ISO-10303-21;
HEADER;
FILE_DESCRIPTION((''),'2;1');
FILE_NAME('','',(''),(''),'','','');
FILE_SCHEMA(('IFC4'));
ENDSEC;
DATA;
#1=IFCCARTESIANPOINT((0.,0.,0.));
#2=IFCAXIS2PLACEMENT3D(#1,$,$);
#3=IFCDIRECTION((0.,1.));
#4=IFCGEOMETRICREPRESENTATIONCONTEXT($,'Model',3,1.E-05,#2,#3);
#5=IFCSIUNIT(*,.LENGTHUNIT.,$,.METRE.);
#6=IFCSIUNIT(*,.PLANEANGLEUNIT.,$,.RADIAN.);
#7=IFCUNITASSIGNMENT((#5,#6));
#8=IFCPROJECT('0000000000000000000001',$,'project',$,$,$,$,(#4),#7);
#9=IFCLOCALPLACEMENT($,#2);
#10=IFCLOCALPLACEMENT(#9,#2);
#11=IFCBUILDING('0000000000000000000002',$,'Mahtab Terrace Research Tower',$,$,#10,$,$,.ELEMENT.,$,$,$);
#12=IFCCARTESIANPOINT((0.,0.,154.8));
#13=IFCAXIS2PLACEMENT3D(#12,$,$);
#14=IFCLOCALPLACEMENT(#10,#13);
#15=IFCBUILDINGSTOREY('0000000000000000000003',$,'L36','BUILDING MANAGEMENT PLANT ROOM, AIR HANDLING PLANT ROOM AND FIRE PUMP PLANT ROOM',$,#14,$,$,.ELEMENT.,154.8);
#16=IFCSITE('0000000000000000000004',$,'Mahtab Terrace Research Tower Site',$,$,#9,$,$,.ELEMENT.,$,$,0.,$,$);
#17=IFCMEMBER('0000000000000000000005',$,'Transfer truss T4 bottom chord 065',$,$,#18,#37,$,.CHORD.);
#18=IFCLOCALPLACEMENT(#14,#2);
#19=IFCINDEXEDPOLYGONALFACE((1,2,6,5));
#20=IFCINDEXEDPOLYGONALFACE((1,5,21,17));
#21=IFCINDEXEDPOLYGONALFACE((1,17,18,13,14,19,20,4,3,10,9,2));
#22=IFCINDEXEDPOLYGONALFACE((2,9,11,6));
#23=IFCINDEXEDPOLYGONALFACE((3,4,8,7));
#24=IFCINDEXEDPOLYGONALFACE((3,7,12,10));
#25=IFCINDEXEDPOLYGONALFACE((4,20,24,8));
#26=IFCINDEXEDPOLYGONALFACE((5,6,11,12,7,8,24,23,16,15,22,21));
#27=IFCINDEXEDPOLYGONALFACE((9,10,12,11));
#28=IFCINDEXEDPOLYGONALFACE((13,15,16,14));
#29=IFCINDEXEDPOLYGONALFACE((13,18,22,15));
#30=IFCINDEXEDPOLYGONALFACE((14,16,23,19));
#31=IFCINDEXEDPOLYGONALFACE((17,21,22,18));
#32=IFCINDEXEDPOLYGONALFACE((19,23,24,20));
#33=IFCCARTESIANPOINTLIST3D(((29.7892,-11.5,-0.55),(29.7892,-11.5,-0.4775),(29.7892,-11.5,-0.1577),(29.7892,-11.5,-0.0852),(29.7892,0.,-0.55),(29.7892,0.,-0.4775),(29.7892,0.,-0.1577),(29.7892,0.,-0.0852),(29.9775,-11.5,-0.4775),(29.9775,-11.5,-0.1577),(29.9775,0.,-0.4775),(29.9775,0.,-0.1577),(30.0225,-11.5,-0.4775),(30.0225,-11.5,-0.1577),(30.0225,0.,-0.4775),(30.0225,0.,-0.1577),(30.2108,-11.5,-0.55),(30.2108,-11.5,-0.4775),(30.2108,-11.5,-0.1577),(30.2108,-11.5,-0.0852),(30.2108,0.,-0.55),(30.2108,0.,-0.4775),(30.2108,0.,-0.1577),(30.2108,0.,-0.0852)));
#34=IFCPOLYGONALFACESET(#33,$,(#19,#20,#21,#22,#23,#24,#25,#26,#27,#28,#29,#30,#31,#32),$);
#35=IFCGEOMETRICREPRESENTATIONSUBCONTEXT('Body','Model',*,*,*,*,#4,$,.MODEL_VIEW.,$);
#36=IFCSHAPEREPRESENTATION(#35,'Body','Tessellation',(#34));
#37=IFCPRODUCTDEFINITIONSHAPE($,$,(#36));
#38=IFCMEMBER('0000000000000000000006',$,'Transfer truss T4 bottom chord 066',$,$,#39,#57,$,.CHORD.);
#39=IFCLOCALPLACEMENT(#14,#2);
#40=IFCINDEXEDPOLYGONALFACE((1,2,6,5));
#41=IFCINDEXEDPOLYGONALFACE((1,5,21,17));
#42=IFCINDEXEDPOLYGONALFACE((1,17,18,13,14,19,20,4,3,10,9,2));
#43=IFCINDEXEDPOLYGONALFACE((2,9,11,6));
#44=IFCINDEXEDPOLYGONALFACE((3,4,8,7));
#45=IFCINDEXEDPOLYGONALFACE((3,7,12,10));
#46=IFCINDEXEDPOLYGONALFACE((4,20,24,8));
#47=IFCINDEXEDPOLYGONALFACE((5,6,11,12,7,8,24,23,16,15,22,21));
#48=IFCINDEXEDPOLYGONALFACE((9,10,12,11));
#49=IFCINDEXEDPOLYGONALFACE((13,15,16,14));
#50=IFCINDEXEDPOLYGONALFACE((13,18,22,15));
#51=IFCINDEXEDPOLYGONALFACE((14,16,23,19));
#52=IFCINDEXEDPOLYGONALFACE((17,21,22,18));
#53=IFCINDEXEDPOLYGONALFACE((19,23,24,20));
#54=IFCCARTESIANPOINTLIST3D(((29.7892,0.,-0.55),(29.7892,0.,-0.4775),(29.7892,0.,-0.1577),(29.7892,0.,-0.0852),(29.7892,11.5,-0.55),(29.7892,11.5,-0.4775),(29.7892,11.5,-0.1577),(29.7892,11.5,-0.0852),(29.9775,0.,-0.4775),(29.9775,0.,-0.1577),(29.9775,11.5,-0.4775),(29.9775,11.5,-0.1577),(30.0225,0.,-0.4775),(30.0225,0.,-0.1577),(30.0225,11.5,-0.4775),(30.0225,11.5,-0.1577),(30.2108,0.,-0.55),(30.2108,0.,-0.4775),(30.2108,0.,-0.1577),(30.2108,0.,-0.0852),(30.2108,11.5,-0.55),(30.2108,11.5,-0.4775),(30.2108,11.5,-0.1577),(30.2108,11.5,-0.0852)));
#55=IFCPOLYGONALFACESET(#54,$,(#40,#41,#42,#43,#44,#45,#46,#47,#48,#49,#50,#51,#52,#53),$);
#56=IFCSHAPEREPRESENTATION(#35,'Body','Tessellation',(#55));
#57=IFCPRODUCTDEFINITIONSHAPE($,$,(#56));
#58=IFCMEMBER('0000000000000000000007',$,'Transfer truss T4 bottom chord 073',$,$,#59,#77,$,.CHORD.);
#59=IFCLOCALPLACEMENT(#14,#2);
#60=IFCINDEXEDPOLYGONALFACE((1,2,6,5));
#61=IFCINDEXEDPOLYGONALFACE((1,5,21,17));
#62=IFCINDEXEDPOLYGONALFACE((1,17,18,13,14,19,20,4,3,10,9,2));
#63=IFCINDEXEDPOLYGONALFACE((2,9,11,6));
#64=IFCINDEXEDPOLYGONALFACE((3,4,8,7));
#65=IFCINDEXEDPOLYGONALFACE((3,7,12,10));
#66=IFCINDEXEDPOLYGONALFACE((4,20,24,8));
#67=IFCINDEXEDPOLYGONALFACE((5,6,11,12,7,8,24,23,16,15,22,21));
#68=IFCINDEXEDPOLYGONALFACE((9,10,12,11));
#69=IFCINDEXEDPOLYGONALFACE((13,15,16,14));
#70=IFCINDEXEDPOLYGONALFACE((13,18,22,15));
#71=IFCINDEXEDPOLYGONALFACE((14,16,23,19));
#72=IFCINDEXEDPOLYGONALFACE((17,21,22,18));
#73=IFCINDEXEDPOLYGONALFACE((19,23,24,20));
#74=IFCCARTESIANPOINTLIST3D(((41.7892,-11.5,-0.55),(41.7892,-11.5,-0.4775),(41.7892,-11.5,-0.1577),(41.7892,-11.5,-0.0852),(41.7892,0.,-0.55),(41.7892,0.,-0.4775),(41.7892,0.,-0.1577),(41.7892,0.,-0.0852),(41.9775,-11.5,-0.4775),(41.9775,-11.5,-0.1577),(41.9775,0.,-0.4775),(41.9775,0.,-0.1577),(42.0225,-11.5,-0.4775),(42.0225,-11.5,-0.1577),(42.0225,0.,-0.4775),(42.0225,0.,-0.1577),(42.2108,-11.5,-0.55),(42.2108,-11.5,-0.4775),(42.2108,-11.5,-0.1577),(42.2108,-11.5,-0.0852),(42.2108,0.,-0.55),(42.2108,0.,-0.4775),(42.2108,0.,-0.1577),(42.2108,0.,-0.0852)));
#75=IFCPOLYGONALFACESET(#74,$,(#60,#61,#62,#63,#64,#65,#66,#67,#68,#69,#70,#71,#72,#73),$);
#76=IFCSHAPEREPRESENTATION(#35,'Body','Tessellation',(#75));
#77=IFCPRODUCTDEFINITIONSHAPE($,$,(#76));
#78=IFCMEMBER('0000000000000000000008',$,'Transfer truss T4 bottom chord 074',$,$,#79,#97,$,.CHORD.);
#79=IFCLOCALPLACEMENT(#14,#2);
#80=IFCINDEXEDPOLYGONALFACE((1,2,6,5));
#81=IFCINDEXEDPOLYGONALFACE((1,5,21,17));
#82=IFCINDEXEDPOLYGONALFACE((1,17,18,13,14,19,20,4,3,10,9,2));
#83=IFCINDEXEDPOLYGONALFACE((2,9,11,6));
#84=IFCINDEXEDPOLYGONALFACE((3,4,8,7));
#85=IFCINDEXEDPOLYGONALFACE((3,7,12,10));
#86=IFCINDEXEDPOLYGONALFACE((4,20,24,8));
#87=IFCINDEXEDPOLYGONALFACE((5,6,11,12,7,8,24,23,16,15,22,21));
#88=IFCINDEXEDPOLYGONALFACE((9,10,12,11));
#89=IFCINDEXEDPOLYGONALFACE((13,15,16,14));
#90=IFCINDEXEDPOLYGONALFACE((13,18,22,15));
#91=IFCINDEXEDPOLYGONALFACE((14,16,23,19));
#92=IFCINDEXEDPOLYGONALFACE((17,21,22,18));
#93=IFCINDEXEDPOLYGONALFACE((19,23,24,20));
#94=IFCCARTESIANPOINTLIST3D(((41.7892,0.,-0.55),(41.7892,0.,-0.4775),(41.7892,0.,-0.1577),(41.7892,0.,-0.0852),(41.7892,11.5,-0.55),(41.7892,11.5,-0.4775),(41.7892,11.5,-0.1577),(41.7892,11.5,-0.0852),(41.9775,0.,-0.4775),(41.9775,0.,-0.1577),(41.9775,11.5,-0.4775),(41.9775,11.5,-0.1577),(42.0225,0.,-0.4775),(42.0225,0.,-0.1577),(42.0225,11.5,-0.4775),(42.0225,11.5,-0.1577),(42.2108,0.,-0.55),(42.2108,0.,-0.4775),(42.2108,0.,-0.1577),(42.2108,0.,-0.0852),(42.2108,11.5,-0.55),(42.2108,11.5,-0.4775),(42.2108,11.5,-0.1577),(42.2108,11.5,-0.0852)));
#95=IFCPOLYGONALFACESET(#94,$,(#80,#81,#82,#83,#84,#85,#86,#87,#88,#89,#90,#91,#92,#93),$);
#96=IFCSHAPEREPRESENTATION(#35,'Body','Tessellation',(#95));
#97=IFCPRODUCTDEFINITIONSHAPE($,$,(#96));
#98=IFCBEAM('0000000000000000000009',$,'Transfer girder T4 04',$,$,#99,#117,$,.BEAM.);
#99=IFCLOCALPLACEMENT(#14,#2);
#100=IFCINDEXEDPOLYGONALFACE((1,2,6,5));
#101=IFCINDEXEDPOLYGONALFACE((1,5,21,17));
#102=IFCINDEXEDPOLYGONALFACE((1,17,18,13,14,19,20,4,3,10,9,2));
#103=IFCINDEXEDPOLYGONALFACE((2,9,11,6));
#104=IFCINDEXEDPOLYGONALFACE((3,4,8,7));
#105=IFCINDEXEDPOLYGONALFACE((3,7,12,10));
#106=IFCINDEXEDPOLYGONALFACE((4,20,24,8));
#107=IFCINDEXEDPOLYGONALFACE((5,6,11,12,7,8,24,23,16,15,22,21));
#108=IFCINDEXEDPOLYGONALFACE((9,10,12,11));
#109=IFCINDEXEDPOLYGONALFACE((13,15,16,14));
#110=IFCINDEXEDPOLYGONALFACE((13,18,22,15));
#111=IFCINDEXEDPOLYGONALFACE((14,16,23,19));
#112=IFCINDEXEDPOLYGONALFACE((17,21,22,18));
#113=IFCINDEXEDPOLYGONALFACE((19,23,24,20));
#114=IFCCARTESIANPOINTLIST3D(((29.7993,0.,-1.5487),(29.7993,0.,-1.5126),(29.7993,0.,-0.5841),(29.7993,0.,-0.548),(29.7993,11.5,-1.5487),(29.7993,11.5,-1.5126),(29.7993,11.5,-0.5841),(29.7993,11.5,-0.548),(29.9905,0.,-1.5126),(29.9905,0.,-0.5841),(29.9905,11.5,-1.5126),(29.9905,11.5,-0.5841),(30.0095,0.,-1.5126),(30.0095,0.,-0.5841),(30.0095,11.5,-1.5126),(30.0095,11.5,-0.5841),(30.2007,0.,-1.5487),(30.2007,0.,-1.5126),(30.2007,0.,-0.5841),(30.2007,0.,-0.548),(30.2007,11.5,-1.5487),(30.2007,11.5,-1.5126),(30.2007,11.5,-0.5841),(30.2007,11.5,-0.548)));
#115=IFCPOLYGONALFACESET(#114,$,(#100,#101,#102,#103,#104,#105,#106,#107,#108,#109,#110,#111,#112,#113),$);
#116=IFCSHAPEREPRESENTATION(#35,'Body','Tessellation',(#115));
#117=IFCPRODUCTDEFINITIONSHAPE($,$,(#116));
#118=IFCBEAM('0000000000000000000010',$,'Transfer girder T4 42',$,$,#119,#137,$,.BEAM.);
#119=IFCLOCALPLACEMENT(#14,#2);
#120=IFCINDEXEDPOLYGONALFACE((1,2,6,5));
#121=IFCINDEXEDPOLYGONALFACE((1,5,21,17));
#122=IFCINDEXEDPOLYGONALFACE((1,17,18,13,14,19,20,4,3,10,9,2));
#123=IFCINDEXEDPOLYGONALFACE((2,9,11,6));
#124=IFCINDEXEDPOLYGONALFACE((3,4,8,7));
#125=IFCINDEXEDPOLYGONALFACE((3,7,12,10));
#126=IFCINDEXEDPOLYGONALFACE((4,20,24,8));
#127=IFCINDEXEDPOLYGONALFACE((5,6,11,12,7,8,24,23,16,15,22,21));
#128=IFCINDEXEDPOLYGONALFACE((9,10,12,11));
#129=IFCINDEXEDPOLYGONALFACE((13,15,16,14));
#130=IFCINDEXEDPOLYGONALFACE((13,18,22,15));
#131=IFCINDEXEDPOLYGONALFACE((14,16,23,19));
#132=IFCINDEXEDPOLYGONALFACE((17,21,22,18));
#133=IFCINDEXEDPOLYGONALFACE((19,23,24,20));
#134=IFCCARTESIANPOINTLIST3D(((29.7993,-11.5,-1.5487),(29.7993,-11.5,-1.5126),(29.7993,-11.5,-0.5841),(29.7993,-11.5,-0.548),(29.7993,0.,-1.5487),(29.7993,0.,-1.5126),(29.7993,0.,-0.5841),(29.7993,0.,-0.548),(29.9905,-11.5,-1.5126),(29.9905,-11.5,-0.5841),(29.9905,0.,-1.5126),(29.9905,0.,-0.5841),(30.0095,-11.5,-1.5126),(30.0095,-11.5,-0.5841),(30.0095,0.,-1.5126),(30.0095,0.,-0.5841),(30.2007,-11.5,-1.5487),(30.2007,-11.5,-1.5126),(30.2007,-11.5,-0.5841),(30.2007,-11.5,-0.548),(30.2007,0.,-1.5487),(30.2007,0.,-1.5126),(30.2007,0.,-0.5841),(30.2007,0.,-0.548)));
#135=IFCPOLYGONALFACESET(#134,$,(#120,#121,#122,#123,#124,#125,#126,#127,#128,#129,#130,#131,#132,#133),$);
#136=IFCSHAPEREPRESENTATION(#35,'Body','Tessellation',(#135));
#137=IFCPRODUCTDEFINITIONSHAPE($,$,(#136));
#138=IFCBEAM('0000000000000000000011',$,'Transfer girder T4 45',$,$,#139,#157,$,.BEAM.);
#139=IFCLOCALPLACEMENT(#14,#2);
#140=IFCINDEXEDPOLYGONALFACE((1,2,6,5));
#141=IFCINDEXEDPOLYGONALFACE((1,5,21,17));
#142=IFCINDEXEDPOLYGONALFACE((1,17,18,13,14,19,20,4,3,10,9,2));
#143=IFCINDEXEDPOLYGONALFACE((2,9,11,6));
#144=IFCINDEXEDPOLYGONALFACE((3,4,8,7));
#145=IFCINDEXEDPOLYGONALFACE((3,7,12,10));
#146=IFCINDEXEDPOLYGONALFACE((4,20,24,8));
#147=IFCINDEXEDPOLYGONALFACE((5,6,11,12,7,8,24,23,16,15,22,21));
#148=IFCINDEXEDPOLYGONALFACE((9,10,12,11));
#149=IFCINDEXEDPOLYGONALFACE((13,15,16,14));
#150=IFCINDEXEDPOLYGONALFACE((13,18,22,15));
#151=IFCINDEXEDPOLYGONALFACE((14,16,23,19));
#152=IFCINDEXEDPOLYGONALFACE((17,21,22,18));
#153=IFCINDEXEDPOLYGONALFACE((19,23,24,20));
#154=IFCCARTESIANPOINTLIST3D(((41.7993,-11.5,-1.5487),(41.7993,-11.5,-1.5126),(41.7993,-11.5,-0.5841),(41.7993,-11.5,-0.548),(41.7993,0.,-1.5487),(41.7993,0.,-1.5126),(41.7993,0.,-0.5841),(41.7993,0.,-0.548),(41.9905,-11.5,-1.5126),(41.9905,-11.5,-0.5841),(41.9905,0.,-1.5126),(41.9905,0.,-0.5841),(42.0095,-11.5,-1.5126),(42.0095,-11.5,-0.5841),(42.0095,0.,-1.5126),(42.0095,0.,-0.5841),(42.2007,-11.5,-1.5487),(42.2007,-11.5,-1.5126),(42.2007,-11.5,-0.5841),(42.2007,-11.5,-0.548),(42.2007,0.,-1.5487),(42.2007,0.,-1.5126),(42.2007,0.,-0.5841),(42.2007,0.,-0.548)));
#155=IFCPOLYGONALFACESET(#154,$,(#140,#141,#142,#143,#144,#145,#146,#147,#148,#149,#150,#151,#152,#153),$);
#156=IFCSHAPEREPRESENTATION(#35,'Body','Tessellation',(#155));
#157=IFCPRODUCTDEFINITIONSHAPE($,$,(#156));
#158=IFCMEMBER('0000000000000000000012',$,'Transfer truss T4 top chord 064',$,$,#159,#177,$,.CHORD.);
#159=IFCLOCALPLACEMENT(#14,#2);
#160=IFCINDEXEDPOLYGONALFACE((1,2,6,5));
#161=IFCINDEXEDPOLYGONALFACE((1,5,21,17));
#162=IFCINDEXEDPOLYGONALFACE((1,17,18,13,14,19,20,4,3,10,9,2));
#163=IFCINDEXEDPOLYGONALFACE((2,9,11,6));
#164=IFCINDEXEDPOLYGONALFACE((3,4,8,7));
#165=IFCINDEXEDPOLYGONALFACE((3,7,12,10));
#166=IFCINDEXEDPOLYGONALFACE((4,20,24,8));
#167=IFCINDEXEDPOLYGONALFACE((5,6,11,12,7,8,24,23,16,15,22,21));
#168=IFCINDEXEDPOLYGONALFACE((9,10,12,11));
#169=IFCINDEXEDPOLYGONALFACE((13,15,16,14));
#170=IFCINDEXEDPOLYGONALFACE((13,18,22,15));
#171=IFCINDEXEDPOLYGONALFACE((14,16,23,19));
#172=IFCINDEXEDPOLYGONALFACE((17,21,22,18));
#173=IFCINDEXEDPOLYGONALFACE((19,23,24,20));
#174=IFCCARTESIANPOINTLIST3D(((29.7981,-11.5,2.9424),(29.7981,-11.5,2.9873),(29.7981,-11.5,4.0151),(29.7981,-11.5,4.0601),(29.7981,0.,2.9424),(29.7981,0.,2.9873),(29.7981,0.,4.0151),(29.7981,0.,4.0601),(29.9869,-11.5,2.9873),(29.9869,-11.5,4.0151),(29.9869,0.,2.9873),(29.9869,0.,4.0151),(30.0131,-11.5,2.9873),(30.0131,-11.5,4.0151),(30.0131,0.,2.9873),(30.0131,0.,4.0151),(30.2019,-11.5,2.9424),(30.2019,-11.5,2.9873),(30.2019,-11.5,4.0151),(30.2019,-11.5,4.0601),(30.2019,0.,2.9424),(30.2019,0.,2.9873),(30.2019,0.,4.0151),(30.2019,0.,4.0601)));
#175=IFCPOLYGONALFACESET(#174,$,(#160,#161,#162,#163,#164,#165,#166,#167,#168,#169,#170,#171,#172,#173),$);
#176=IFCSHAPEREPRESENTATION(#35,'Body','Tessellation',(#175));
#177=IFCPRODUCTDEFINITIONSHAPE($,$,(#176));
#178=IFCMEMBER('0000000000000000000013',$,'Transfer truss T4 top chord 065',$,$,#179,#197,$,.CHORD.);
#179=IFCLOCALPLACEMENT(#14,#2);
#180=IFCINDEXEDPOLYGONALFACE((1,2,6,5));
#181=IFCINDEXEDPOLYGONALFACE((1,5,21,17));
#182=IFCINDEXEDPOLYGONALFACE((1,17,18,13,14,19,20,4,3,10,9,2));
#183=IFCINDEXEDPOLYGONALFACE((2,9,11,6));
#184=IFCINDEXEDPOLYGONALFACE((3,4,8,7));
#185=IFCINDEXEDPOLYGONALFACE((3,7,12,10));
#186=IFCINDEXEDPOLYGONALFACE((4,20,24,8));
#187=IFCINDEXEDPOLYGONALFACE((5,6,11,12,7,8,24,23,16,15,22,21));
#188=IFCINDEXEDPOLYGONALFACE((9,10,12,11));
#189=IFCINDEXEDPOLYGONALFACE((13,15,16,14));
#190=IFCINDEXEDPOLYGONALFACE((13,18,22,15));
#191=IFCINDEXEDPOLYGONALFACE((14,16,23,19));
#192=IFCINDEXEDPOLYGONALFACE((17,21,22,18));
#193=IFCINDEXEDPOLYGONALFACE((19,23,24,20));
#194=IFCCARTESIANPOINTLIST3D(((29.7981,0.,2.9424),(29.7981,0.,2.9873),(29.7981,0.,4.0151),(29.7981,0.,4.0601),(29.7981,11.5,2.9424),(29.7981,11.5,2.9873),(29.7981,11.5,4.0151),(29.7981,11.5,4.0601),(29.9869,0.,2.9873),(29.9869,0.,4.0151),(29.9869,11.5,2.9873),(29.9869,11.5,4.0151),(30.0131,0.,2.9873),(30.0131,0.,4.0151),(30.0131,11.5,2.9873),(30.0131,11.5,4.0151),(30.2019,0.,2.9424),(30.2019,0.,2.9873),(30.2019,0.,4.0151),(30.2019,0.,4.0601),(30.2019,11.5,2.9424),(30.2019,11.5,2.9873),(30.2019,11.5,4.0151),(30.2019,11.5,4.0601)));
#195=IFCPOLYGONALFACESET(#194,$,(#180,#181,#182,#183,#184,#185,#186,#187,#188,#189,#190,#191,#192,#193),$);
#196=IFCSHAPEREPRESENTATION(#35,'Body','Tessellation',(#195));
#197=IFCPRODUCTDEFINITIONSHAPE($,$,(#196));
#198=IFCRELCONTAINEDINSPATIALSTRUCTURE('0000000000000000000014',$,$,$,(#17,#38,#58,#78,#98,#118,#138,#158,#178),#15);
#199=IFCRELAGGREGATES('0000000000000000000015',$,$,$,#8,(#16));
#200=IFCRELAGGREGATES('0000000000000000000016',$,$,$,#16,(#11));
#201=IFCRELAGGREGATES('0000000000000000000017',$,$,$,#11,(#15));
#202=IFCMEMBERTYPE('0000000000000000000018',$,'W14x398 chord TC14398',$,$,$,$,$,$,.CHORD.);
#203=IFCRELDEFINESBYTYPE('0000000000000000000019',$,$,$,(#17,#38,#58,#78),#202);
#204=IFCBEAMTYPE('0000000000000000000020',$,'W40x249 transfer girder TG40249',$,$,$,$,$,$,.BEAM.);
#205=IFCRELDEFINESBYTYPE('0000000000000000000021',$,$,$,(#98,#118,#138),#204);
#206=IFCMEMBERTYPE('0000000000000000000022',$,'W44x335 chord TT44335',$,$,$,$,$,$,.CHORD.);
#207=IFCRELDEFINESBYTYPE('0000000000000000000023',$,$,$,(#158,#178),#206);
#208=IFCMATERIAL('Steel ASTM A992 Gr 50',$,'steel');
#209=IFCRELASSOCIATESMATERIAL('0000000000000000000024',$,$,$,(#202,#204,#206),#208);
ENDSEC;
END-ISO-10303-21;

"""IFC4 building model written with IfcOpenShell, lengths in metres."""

from ifc_helpers import new_model, si_unit, direction, frame, origin, origin_2d, place, context, subcontext, project, spatial, i_section, extrude, material, material_profile, profile_set, type_object, element, save


model = new_model("IFC4")

# Units and contexts
model_context = context("Model", 3, precision=1e-05, world=origin(), true_north=direction((0.0, 1.0)))
body_context = subcontext(model_context, "Body", "Model", "MODEL_VIEW")
ifc_project = project(units=[si_unit("LENGTHUNIT", "METRE"), si_unit("PLANEANGLEUNIT", "RADIAN")], contexts=[model_context])

# Site, building, storey
site_placement = place(None, origin())
site = spatial("IfcSite", under=ifc_project, at=site_placement, Name="Mahtab Terrace Research Tower Site", CompositionType="ELEMENT", RefElevation=0.0)
building_placement = place(site_placement, origin())
building = spatial("IfcBuilding", under=site, at=building_placement, Name="Mahtab Terrace Research Tower", CompositionType="ELEMENT")
storey_placement = place(building_placement, frame((0.0, 0.0, 154.8)))
storey = spatial("IfcBuildingStorey", under=building, at=storey_placement, Name="L36", Description="BUILDING MANAGEMENT PLANT ROOM, AIR HANDLING PLANT ROOM AND FIRE PUMP PLANT ROOM", CompositionType="ELEMENT", Elevation=154.8)

# Members
ifc_material_1 = material(Name="Steel ASTM A992 Gr 50", Category="steel")
ifc_material_profile_1 = material_profile(ifc_material_1, i_section(OverallWidth=0.4216, OverallDepth=0.4648, WebThickness=0.0449, FlangeThickness=0.0725, at=origin_2d()), Name="W14X398")
ifc_profile_set_1 = profile_set([ifc_material_profile_1], Name="Steel ASTM A992 Gr 50")
member_type_1 = type_object("IfcMemberType", Name="W14x398 chord TC14398", PredefinedType="CHORD", material=ifc_profile_set_1)
for number, where, z_axis, x_axis, name in (
    (1, (30.0, -11.5, -0.3176), (0.0, 1.0, 0.0), (-1.0, 0.0, 0.0), "Transfer truss T4 bottom chord 065"),
    (2, (30.0, 0.0, -0.3176), (0.0, 1.0, 0.0), (-1.0, 0.0, 0.0), "Transfer truss T4 bottom chord 066"),
    (3, (42.0, -11.5, -0.3176), (0.0, 1.0, 0.0), (-1.0, 0.0, 0.0), "Transfer truss T4 bottom chord 073"),
    (4, (42.0, 0.0, -0.3176), (0.0, 1.0, 0.0), (-1.0, 0.0, 0.0), "Transfer truss T4 bottom chord 074"),
):
    element("IfcMember", number, at=place(storey_placement, frame(where, z_axis=z_axis, x_axis=x_axis)), inside=storey, type_object=member_type_1, Name=name, PredefinedType="CHORD", context=body_context, shape_type="SweptSolid", body=[
        extrude(i_section(OverallWidth=0.4216, OverallDepth=0.4648, WebThickness=0.0449, FlangeThickness=0.0725, at=origin_2d()), origin(), (0.0, 0.0, 1.0), 11.5),
    ])

# Beams
ifc_material_profile_2 = material_profile(ifc_material_1, i_section(OverallWidth=0.4014, OverallDepth=1.0007, WebThickness=0.019, FlangeThickness=0.0361, at=origin_2d()), Name="W40X249")
ifc_profile_set_2 = profile_set([ifc_material_profile_2], Name="Steel ASTM A992 Gr 50")
beam_type = type_object("IfcBeamType", Name="W40x249 transfer girder TG40249", PredefinedType="BEAM", material=ifc_profile_set_2)
for number, where, z_axis, x_axis, name in (
    (5, (30.0, 0.0, -1.0483), (0.0, 1.0, 0.0), (-1.0, 0.0, 0.0), "Transfer girder T4 04"),
    (6, (30.0, -11.5, -1.0483), (0.0, 1.0, 0.0), (-1.0, 0.0, 0.0), "Transfer girder T4 42"),
    (7, (42.0, -11.5, -1.0483), (0.0, 1.0, 0.0), (-1.0, 0.0, 0.0), "Transfer girder T4 45"),
):
    element("IfcBeam", number, at=place(storey_placement, frame(where, z_axis=z_axis, x_axis=x_axis)), inside=storey, type_object=beam_type, Name=name, PredefinedType="BEAM", context=body_context, shape_type="SweptSolid", body=[
        extrude(i_section(OverallWidth=0.4014, OverallDepth=1.0007, WebThickness=0.019, FlangeThickness=0.0361, at=origin_2d()), origin(), (0.0, 0.0, 1.0), 11.5),
    ])

# Members
ifc_material_profile_3 = material_profile(ifc_material_1, i_section(OverallWidth=0.4038, OverallDepth=1.1177, WebThickness=0.0261, FlangeThickness=0.0449, at=origin_2d()), Name="W44X335")
ifc_profile_set_3 = profile_set([ifc_material_profile_3], Name="Steel ASTM A992 Gr 50")
member_type_2 = type_object("IfcMemberType", Name="W44x335 chord TT44335", PredefinedType="CHORD", material=ifc_profile_set_3)
for number, where, z_axis, x_axis, name in (
    (8, (30.0, -11.5, 3.5012), (0.0, 1.0, 0.0), (-1.0, 0.0, 0.0), "Transfer truss T4 top chord 064"),
    (9, (30.0, 0.0, 3.5012), (0.0, 1.0, 0.0), (-1.0, 0.0, 0.0), "Transfer truss T4 top chord 065"),
):
    element("IfcMember", number, at=place(storey_placement, frame(where, z_axis=z_axis, x_axis=x_axis)), inside=storey, type_object=member_type_2, Name=name, PredefinedType="CHORD", context=body_context, shape_type="SweptSolid", body=[
        extrude(i_section(OverallWidth=0.4038, OverallDepth=1.1177, WebThickness=0.0261, FlangeThickness=0.0449, at=origin_2d()), origin(), (0.0, 0.0, 1.0), 11.5),
    ])

save(model, "model.ifc")
